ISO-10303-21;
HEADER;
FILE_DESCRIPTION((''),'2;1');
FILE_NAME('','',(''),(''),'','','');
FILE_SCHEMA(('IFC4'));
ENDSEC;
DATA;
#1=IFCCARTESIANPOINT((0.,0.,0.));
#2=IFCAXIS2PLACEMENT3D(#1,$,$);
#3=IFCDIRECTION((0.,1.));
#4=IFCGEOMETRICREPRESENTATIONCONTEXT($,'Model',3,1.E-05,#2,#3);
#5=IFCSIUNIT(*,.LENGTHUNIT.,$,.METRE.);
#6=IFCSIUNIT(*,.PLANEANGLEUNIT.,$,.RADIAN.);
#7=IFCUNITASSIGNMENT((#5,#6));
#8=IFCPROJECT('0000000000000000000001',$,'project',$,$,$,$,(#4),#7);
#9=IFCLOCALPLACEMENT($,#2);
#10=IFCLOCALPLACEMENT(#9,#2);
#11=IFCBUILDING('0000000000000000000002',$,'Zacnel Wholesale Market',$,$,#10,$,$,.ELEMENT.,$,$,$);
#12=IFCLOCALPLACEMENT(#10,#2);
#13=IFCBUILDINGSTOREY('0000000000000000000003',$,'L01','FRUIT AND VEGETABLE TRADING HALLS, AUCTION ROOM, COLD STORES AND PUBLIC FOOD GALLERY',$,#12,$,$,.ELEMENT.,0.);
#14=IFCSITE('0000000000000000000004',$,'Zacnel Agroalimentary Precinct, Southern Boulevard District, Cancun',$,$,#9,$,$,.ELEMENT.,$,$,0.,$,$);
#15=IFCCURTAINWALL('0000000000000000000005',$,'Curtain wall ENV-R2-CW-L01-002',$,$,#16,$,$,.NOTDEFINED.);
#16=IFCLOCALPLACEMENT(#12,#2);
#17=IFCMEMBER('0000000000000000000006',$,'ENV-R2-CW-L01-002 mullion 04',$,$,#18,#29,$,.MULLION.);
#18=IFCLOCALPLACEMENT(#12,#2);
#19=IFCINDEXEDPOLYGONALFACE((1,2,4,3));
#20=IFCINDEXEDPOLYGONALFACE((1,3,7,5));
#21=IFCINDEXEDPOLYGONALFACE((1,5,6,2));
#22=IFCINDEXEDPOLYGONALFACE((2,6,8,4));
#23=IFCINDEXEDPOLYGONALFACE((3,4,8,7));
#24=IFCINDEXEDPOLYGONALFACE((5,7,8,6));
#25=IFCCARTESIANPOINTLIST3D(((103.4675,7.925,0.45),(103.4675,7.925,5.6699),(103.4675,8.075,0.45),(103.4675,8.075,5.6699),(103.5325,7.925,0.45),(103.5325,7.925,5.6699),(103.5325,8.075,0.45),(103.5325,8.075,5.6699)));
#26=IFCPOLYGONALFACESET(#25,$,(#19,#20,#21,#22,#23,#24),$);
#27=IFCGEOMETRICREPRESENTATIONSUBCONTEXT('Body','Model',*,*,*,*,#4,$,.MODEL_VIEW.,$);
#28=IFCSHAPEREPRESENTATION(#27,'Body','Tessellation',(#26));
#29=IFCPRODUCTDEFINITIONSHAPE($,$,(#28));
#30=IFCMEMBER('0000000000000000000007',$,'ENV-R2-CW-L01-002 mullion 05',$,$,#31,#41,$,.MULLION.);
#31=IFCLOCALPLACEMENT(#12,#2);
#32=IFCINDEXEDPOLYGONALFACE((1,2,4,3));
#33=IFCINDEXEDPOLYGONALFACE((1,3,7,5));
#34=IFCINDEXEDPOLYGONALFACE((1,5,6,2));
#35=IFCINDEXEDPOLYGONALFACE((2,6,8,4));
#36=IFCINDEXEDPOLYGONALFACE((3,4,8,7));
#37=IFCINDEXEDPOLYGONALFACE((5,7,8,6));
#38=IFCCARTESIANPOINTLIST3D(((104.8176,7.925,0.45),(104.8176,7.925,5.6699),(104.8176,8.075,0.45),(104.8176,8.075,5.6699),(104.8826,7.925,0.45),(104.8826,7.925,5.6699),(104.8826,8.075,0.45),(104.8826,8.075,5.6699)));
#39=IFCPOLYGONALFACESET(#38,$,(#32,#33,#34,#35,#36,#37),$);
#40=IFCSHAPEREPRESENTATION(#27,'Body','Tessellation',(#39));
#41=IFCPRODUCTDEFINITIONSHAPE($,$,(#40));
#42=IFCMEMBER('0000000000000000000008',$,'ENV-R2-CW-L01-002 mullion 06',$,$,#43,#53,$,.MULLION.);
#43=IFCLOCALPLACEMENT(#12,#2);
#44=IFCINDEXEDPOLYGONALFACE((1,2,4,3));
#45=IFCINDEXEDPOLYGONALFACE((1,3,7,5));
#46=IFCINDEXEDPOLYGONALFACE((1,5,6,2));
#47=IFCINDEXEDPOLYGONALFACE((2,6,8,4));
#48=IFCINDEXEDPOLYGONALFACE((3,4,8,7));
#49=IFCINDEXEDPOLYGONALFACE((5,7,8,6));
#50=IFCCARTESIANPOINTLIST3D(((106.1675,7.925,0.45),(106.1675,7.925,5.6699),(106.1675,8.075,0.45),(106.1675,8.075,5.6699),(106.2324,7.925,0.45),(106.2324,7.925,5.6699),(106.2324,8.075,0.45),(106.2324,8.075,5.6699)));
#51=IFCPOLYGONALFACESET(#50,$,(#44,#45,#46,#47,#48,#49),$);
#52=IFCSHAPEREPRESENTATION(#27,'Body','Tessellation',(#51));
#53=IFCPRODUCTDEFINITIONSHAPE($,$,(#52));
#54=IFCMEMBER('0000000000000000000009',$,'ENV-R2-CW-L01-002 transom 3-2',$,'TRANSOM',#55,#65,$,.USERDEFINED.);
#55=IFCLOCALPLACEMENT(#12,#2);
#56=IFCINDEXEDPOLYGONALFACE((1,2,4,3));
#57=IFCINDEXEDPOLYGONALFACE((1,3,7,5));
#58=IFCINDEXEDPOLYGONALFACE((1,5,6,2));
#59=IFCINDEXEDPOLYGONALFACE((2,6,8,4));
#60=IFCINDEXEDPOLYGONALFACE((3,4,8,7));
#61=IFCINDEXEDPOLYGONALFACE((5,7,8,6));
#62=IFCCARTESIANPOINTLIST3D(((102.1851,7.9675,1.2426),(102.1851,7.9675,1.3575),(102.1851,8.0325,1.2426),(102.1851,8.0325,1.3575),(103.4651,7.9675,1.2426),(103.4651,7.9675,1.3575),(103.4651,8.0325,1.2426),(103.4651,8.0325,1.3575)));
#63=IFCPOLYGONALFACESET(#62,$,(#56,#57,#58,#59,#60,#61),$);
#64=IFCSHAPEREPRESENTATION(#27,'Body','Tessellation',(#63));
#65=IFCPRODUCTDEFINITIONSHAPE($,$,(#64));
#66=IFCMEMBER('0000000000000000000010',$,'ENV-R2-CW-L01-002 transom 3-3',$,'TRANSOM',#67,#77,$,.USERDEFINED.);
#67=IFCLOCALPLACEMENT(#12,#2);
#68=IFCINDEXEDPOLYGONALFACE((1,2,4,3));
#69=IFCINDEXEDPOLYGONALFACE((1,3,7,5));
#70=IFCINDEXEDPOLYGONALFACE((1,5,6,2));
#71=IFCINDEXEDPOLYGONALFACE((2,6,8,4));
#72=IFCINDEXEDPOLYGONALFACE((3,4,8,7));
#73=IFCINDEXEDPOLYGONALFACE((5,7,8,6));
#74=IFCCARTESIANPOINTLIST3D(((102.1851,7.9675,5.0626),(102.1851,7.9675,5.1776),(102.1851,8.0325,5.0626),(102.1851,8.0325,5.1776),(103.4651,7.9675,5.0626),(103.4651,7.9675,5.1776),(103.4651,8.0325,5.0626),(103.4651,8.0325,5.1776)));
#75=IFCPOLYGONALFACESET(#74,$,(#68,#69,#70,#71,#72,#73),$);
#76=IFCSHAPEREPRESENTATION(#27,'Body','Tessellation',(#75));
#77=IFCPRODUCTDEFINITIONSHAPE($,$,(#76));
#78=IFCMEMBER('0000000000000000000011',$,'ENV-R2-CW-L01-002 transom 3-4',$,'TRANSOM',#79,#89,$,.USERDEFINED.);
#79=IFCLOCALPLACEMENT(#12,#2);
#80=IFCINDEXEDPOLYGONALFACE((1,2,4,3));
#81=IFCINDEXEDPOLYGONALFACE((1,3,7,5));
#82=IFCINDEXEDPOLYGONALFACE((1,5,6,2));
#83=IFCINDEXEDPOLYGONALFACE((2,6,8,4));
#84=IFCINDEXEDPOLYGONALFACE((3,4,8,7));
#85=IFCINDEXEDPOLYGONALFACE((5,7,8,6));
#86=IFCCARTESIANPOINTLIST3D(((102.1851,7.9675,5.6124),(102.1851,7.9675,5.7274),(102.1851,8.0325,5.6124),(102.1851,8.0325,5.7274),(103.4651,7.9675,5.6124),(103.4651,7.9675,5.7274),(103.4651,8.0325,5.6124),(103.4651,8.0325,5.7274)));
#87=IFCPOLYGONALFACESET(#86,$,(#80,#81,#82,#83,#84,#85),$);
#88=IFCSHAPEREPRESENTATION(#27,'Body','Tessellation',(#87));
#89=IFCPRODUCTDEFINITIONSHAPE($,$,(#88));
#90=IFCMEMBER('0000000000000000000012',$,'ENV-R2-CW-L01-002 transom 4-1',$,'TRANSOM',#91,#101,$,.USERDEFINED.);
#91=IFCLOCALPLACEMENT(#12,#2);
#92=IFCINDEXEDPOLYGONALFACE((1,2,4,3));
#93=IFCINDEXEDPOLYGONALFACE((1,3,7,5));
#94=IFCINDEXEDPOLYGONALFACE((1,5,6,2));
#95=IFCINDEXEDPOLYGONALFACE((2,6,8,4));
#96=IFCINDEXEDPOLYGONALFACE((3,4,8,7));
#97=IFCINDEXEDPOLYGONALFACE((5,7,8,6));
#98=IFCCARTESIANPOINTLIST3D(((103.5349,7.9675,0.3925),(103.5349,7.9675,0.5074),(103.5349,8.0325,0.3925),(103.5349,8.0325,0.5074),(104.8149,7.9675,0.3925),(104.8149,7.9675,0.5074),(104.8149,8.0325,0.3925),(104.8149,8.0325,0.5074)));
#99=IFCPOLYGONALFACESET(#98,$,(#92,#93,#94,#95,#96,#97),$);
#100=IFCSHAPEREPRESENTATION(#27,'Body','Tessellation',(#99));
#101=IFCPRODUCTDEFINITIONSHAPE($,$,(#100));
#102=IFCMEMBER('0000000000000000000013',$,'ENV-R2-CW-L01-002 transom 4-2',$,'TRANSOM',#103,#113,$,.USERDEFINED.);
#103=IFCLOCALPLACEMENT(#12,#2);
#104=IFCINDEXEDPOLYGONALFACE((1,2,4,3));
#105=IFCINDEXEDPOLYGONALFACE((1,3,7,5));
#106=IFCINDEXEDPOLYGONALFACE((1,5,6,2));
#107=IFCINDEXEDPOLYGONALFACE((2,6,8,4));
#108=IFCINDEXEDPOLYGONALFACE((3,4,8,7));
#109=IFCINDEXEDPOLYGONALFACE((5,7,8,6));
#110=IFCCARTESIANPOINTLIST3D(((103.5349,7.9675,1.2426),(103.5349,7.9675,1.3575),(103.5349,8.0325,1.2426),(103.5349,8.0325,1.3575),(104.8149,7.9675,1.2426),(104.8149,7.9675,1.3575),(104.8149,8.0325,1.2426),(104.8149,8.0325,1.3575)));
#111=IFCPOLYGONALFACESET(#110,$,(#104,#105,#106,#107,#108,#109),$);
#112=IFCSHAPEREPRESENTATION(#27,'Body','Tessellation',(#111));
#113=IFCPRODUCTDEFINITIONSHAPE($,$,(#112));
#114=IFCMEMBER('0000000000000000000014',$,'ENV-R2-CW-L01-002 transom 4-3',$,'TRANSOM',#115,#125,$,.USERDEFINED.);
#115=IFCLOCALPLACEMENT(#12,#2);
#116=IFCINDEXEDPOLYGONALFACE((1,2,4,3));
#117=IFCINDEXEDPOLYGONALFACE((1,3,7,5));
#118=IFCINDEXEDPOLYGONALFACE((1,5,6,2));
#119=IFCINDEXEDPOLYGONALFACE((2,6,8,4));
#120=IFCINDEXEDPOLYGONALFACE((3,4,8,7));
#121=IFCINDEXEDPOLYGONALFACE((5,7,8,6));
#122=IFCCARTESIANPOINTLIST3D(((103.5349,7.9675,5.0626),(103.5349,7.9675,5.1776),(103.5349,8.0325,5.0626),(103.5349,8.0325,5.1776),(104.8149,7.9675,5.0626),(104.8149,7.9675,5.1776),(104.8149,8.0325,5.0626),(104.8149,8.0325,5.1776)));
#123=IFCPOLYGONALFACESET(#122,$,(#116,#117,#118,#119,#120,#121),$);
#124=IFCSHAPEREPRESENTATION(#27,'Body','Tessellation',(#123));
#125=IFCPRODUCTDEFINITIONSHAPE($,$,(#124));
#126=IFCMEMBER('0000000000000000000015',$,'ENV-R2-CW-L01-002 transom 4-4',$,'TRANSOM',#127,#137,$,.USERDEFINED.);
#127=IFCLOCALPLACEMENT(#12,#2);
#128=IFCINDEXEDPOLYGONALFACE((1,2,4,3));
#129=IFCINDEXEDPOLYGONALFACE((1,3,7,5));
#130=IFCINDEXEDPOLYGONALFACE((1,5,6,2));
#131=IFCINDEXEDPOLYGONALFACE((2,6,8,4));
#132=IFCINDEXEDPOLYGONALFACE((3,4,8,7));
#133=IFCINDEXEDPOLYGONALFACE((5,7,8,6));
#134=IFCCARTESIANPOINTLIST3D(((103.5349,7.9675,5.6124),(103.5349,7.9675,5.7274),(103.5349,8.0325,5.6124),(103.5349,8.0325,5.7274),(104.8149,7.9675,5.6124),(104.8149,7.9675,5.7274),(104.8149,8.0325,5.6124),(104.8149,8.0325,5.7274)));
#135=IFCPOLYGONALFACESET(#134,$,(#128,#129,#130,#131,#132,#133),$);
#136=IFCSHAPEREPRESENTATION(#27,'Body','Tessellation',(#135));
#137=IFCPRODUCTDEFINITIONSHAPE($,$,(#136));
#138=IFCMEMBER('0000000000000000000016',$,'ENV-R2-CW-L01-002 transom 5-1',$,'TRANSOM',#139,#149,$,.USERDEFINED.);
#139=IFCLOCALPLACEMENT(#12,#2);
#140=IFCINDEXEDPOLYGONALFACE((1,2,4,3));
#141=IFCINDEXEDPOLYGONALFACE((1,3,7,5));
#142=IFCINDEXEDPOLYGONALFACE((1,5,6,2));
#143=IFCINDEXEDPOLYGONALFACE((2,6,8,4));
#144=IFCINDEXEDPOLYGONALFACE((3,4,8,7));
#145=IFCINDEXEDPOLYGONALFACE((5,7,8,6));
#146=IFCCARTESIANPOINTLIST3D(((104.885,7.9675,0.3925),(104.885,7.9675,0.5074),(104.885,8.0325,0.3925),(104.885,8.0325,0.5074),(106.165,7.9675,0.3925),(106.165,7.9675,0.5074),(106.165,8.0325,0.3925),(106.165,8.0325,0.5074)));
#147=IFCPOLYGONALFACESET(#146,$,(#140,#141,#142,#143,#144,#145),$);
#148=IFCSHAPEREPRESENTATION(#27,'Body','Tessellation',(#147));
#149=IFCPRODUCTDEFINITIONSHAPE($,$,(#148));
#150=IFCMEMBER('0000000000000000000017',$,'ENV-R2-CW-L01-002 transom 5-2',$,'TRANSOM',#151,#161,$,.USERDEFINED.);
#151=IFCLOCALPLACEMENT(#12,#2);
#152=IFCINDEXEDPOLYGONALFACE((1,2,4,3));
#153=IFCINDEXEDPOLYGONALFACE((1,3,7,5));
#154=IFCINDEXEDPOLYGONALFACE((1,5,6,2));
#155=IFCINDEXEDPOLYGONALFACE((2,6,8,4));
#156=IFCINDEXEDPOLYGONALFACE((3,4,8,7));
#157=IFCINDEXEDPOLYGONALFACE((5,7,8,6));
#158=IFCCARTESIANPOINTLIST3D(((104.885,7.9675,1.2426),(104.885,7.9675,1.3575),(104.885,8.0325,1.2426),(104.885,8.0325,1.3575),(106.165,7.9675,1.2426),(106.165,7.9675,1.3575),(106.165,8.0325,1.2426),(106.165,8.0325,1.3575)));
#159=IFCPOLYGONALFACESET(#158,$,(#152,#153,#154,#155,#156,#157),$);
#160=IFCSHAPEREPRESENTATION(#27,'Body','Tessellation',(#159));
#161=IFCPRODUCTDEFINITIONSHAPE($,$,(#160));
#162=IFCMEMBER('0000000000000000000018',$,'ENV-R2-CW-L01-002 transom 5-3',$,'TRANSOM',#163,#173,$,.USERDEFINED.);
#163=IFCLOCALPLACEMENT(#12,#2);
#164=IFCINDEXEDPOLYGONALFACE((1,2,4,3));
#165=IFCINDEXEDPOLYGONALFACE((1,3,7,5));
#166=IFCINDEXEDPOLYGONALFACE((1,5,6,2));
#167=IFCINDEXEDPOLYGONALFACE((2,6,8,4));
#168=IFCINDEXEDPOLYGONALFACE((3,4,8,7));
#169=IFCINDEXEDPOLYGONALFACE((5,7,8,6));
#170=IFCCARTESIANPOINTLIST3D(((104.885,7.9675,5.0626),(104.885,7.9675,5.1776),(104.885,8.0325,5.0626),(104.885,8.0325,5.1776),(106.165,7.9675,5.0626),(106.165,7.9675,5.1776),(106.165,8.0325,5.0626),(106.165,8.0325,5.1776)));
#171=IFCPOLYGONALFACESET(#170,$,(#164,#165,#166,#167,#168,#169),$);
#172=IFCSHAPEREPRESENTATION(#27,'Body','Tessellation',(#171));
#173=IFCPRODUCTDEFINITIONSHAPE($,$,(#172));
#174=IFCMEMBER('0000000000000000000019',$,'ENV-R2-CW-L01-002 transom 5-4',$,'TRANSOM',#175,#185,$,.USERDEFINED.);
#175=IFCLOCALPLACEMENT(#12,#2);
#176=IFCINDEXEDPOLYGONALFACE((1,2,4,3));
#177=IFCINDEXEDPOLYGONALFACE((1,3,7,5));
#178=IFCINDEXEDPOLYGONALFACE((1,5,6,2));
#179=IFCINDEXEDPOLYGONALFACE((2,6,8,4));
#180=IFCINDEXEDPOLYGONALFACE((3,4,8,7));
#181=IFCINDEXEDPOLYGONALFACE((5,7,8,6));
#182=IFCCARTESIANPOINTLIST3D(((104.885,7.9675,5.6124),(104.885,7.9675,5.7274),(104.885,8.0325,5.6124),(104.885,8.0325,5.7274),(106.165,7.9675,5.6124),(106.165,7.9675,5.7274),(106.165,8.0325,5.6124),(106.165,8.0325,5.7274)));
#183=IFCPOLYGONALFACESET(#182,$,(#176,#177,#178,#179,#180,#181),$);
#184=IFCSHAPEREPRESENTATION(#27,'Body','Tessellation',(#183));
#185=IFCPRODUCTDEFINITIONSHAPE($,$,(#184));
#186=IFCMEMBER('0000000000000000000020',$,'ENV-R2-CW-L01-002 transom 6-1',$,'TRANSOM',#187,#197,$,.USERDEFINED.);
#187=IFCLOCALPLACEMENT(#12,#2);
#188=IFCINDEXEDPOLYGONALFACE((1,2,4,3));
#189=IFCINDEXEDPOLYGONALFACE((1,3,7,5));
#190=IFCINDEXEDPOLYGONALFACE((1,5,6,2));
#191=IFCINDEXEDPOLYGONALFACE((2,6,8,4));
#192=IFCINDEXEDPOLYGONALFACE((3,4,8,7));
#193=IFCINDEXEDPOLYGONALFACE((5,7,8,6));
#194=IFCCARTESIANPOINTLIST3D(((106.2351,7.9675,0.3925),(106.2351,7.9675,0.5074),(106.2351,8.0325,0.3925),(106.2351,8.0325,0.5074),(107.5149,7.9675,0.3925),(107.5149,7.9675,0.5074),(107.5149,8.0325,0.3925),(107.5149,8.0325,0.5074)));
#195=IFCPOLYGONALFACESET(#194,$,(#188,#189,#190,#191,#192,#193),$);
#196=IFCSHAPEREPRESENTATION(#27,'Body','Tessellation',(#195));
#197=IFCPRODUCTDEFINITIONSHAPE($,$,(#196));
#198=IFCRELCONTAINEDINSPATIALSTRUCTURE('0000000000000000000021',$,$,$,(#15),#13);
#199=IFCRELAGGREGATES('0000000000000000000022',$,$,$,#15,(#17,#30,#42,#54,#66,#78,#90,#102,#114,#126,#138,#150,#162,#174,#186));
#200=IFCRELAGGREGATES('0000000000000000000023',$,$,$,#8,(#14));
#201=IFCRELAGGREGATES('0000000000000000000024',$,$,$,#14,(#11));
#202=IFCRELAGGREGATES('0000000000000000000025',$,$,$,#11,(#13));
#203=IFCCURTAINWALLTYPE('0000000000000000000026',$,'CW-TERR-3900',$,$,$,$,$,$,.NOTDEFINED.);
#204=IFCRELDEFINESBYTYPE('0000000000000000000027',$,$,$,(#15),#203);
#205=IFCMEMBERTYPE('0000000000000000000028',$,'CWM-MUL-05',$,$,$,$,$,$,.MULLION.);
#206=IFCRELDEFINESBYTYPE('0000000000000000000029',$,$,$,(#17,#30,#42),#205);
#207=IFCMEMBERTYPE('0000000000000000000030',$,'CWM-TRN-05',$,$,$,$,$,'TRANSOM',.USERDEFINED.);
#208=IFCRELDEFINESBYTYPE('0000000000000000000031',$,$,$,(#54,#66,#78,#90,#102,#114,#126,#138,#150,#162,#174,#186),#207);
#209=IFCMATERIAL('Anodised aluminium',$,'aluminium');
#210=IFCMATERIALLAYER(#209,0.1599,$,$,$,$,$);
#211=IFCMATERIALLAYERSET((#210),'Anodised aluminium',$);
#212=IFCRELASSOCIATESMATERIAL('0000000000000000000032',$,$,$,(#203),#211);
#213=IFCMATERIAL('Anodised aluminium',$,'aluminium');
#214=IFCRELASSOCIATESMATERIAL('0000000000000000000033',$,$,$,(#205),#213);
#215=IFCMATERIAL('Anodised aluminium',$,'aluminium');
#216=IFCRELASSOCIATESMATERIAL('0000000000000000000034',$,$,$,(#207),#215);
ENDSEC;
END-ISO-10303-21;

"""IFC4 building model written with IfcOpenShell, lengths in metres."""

from ifc_helpers import new_model, si_unit, direction, frame, origin, origin_2d, place, context, subcontext, project, spatial, rectangle, extrude, material, layer, layer_set, material_profile, profile_set, type_object, element, aggregate, save


model = new_model("IFC4")

# Units and contexts
model_context = context("Model", 3, precision=1e-05, world=origin(), true_north=direction((0.0, 1.0)))
body_context = subcontext(model_context, "Body", "Model", "MODEL_VIEW")
ifc_project = project(units=[si_unit("LENGTHUNIT", "METRE"), si_unit("PLANEANGLEUNIT", "RADIAN")], contexts=[model_context])

# Site, building, storey
site_placement = place(None, origin())
site = spatial("IfcSite", under=ifc_project, at=site_placement, Name="Zacnel Agroalimentary Precinct, Southern Boulevard District, Cancun", CompositionType="ELEMENT", RefElevation=0.0)
building_placement = place(site_placement, origin())
building = spatial("IfcBuilding", under=site, at=building_placement, Name="Zacnel Wholesale Market", CompositionType="ELEMENT")
storey_placement = place(building_placement, origin())
storey = spatial("IfcBuildingStorey", under=building, at=storey_placement, Name="L01", Description="FRUIT AND VEGETABLE TRADING HALLS, AUCTION ROOM, COLD STORES AND PUBLIC FOOD GALLERY", CompositionType="ELEMENT", Elevation=0.0)

# Curtain wall, members
ifc_material_1 = material(Name="Anodised aluminium", Category="aluminium")
ifc_layer_1 = layer(ifc_material_1, 0.1599)
ifc_layer_set_1 = layer_set([ifc_layer_1], Name="Anodised aluminium")
curtain_wall_type = type_object("IfcCurtainWallType", Name="CW-TERR-3900", PredefinedType="NOTDEFINED", material=ifc_layer_set_1)
curtain_wall_placement = place(storey_placement, origin())
curtain_wall = element("IfcCurtainWall", 1, at=curtain_wall_placement, inside=storey, type_object=curtain_wall_type, Name="Curtain wall ENV-R2-CW-L01-002", PredefinedType="NOTDEFINED")
ifc_material_2 = material(Name="Anodised aluminium", Category="aluminium")
ifc_material_profile_1 = material_profile(ifc_material_2, rectangle(XDim=0.0649, YDim=0.1499, at=origin_2d()), Name="AW-MULLION 65x150")
ifc_profile_set_1 = profile_set([ifc_material_profile_1], Name="Anodised aluminium")
member_type_1 = type_object("IfcMemberType", Name="CWM-MUL-05", PredefinedType="MULLION", material=ifc_profile_set_1)
member_1_placement = place(storey_placement, frame((103.5, 8.0, 0.45), z_axis=(0.0, 0.0, 1.0), x_axis=(1.0, 0.0, 0.0)))
member_1 = element("IfcMember", 2, at=member_1_placement, type_object=member_type_1, Name="ENV-R2-CW-L01-002 mullion 04", PredefinedType="MULLION", context=body_context, shape_type="SweptSolid", body=[
    extrude(rectangle(XDim=0.0649, YDim=0.1499, at=origin_2d()), origin(), (0.0, 0.0, 1.0), 5.22),
])
member_2_placement = place(storey_placement, frame((104.8501, 8.0, 0.45), z_axis=(0.0, 0.0, 1.0), x_axis=(1.0, 0.0, 0.0)))
member_2 = element("IfcMember", 3, at=member_2_placement, type_object=member_type_1, Name="ENV-R2-CW-L01-002 mullion 05", PredefinedType="MULLION", context=body_context, shape_type="SweptSolid", body=[
    extrude(rectangle(XDim=0.0649, YDim=0.1499, at=origin_2d()), origin(), (0.0, 0.0, 1.0), 5.22),
])
member_3_placement = place(storey_placement, frame((106.2, 8.0, 0.45), z_axis=(0.0, 0.0, 1.0), x_axis=(1.0, 0.0, 0.0)))
member_3 = element("IfcMember", 4, at=member_3_placement, type_object=member_type_1, Name="ENV-R2-CW-L01-002 mullion 06", PredefinedType="MULLION", context=body_context, shape_type="SweptSolid", body=[
    extrude(rectangle(XDim=0.0649, YDim=0.1499, at=origin_2d()), origin(), (0.0, 0.0, 1.0), 5.22),
])
ifc_material_3 = material(Name="Anodised aluminium", Category="aluminium")
ifc_material_profile_2 = material_profile(ifc_material_3, rectangle(XDim=0.0649, YDim=0.115, at=origin_2d()), Name="AW-TRANSOM 65x115")
ifc_profile_set_2 = profile_set([ifc_material_profile_2], Name="Anodised aluminium")
member_type_2 = type_object("IfcMemberType", Name="CWM-TRN-05", ElementType="TRANSOM", PredefinedType="USERDEFINED", material=ifc_profile_set_2)
member_4_placement = place(storey_placement, frame((102.1851, 8.0, 1.3), z_axis=(1.0, 0.0, 0.0), x_axis=(0.0, 1.0, 0.0)))
member_4 = element("IfcMember", 5, at=member_4_placement, type_object=member_type_2, Name="ENV-R2-CW-L01-002 transom 3-2", ObjectType="TRANSOM", PredefinedType="USERDEFINED", context=body_context, shape_type="SweptSolid", body=[
    extrude(rectangle(XDim=0.0649, YDim=0.115, at=origin_2d()), origin(), (0.0, 0.0, 1.0), 1.28),
])
member_5_placement = place(storey_placement, frame((102.1851, 8.0, 5.1201), z_axis=(1.0, 0.0, 0.0), x_axis=(0.0, 1.0, 0.0)))
member_5 = element("IfcMember", 6, at=member_5_placement, type_object=member_type_2, Name="ENV-R2-CW-L01-002 transom 3-3", ObjectType="TRANSOM", PredefinedType="USERDEFINED", context=body_context, shape_type="SweptSolid", body=[
    extrude(rectangle(XDim=0.0649, YDim=0.115, at=origin_2d()), origin(), (0.0, 0.0, 1.0), 1.28),
])
member_6_placement = place(storey_placement, frame((102.1851, 8.0, 5.6699), z_axis=(1.0, 0.0, 0.0), x_axis=(0.0, 1.0, 0.0)))
member_6 = element("IfcMember", 7, at=member_6_placement, type_object=member_type_2, Name="ENV-R2-CW-L01-002 transom 3-4", ObjectType="TRANSOM", PredefinedType="USERDEFINED", context=body_context, shape_type="SweptSolid", body=[
    extrude(rectangle(XDim=0.0649, YDim=0.115, at=origin_2d()), origin(), (0.0, 0.0, 1.0), 1.28),
])
member_7_placement = place(storey_placement, frame((103.5349, 8.0, 0.45), z_axis=(1.0, 0.0, 0.0), x_axis=(0.0, 1.0, 0.0)))
member_7 = element("IfcMember", 8, at=member_7_placement, type_object=member_type_2, Name="ENV-R2-CW-L01-002 transom 4-1", ObjectType="TRANSOM", PredefinedType="USERDEFINED", context=body_context, shape_type="SweptSolid", body=[
    extrude(rectangle(XDim=0.0649, YDim=0.115, at=origin_2d()), origin(), (0.0, 0.0, 1.0), 1.28),
])
member_8_placement = place(storey_placement, frame((103.5349, 8.0, 1.3), z_axis=(1.0, 0.0, 0.0), x_axis=(0.0, 1.0, 0.0)))
member_8 = element("IfcMember", 9, at=member_8_placement, type_object=member_type_2, Name="ENV-R2-CW-L01-002 transom 4-2", ObjectType="TRANSOM", PredefinedType="USERDEFINED", context=body_context, shape_type="SweptSolid", body=[
    extrude(rectangle(XDim=0.0649, YDim=0.115, at=origin_2d()), origin(), (0.0, 0.0, 1.0), 1.28),
])
member_9_placement = place(storey_placement, frame((103.5349, 8.0, 5.1201), z_axis=(1.0, 0.0, 0.0), x_axis=(0.0, 1.0, 0.0)))
member_9 = element("IfcMember", 10, at=member_9_placement, type_object=member_type_2, Name="ENV-R2-CW-L01-002 transom 4-3", ObjectType="TRANSOM", PredefinedType="USERDEFINED", context=body_context, shape_type="SweptSolid", body=[
    extrude(rectangle(XDim=0.0649, YDim=0.115, at=origin_2d()), origin(), (0.0, 0.0, 1.0), 1.28),
])
member_10_placement = place(storey_placement, frame((103.5349, 8.0, 5.6699), z_axis=(1.0, 0.0, 0.0), x_axis=(0.0, 1.0, 0.0)))
member_10 = element("IfcMember", 11, at=member_10_placement, type_object=member_type_2, Name="ENV-R2-CW-L01-002 transom 4-4", ObjectType="TRANSOM", PredefinedType="USERDEFINED", context=body_context, shape_type="SweptSolid", body=[
    extrude(rectangle(XDim=0.0649, YDim=0.115, at=origin_2d()), origin(), (0.0, 0.0, 1.0), 1.28),
])
member_11_placement = place(storey_placement, frame((104.885, 8.0, 0.45), z_axis=(1.0, 0.0, 0.0), x_axis=(0.0, 1.0, 0.0)))
member_11 = element("IfcMember", 12, at=member_11_placement, type_object=member_type_2, Name="ENV-R2-CW-L01-002 transom 5-1", ObjectType="TRANSOM", PredefinedType="USERDEFINED", context=body_context, shape_type="SweptSolid", body=[
    extrude(rectangle(XDim=0.0649, YDim=0.115, at=origin_2d()), origin(), (0.0, 0.0, 1.0), 1.28),
])
member_12_placement = place(storey_placement, frame((104.885, 8.0, 1.3), z_axis=(1.0, 0.0, 0.0), x_axis=(0.0, 1.0, 0.0)))
member_12 = element("IfcMember", 13, at=member_12_placement, type_object=member_type_2, Name="ENV-R2-CW-L01-002 transom 5-2", ObjectType="TRANSOM", PredefinedType="USERDEFINED", context=body_context, shape_type="SweptSolid", body=[
    extrude(rectangle(XDim=0.0649, YDim=0.115, at=origin_2d()), origin(), (0.0, 0.0, 1.0), 1.28),
])
member_13_placement = place(storey_placement, frame((104.885, 8.0, 5.1201), z_axis=(1.0, 0.0, 0.0), x_axis=(0.0, 1.0, 0.0)))
member_13 = element("IfcMember", 14, at=member_13_placement, type_object=member_type_2, Name="ENV-R2-CW-L01-002 transom 5-3", ObjectType="TRANSOM", PredefinedType="USERDEFINED", context=body_context, shape_type="SweptSolid", body=[
    extrude(rectangle(XDim=0.0649, YDim=0.115, at=origin_2d()), origin(), (0.0, 0.0, 1.0), 1.28),
])
member_14_placement = place(storey_placement, frame((104.885, 8.0, 5.6699), z_axis=(1.0, 0.0, 0.0), x_axis=(0.0, 1.0, 0.0)))
member_14 = element("IfcMember", 15, at=member_14_placement, type_object=member_type_2, Name="ENV-R2-CW-L01-002 transom 5-4", ObjectType="TRANSOM", PredefinedType="USERDEFINED", context=body_context, shape_type="SweptSolid", body=[
    extrude(rectangle(XDim=0.0649, YDim=0.115, at=origin_2d()), origin(), (0.0, 0.0, 1.0), 1.28),
])
member_15_placement = place(storey_placement, frame((106.2351, 8.0, 0.45), z_axis=(1.0, 0.0, 0.0), x_axis=(0.0, 1.0, 0.0)))
member_15 = element("IfcMember", 16, at=member_15_placement, type_object=member_type_2, Name="ENV-R2-CW-L01-002 transom 6-1", ObjectType="TRANSOM", PredefinedType="USERDEFINED", context=body_context, shape_type="SweptSolid", body=[
    extrude(rectangle(XDim=0.0649, YDim=0.115, at=origin_2d()), origin(), (0.0, 0.0, 1.0), 1.2798),
])
aggregate(curtain_wall, [member_1, member_2, member_3, member_4, member_5, member_6, member_7, member_8, member_9, member_10, member_11, member_12, member_13, member_14, member_15])

save(model, "model.ifc")
